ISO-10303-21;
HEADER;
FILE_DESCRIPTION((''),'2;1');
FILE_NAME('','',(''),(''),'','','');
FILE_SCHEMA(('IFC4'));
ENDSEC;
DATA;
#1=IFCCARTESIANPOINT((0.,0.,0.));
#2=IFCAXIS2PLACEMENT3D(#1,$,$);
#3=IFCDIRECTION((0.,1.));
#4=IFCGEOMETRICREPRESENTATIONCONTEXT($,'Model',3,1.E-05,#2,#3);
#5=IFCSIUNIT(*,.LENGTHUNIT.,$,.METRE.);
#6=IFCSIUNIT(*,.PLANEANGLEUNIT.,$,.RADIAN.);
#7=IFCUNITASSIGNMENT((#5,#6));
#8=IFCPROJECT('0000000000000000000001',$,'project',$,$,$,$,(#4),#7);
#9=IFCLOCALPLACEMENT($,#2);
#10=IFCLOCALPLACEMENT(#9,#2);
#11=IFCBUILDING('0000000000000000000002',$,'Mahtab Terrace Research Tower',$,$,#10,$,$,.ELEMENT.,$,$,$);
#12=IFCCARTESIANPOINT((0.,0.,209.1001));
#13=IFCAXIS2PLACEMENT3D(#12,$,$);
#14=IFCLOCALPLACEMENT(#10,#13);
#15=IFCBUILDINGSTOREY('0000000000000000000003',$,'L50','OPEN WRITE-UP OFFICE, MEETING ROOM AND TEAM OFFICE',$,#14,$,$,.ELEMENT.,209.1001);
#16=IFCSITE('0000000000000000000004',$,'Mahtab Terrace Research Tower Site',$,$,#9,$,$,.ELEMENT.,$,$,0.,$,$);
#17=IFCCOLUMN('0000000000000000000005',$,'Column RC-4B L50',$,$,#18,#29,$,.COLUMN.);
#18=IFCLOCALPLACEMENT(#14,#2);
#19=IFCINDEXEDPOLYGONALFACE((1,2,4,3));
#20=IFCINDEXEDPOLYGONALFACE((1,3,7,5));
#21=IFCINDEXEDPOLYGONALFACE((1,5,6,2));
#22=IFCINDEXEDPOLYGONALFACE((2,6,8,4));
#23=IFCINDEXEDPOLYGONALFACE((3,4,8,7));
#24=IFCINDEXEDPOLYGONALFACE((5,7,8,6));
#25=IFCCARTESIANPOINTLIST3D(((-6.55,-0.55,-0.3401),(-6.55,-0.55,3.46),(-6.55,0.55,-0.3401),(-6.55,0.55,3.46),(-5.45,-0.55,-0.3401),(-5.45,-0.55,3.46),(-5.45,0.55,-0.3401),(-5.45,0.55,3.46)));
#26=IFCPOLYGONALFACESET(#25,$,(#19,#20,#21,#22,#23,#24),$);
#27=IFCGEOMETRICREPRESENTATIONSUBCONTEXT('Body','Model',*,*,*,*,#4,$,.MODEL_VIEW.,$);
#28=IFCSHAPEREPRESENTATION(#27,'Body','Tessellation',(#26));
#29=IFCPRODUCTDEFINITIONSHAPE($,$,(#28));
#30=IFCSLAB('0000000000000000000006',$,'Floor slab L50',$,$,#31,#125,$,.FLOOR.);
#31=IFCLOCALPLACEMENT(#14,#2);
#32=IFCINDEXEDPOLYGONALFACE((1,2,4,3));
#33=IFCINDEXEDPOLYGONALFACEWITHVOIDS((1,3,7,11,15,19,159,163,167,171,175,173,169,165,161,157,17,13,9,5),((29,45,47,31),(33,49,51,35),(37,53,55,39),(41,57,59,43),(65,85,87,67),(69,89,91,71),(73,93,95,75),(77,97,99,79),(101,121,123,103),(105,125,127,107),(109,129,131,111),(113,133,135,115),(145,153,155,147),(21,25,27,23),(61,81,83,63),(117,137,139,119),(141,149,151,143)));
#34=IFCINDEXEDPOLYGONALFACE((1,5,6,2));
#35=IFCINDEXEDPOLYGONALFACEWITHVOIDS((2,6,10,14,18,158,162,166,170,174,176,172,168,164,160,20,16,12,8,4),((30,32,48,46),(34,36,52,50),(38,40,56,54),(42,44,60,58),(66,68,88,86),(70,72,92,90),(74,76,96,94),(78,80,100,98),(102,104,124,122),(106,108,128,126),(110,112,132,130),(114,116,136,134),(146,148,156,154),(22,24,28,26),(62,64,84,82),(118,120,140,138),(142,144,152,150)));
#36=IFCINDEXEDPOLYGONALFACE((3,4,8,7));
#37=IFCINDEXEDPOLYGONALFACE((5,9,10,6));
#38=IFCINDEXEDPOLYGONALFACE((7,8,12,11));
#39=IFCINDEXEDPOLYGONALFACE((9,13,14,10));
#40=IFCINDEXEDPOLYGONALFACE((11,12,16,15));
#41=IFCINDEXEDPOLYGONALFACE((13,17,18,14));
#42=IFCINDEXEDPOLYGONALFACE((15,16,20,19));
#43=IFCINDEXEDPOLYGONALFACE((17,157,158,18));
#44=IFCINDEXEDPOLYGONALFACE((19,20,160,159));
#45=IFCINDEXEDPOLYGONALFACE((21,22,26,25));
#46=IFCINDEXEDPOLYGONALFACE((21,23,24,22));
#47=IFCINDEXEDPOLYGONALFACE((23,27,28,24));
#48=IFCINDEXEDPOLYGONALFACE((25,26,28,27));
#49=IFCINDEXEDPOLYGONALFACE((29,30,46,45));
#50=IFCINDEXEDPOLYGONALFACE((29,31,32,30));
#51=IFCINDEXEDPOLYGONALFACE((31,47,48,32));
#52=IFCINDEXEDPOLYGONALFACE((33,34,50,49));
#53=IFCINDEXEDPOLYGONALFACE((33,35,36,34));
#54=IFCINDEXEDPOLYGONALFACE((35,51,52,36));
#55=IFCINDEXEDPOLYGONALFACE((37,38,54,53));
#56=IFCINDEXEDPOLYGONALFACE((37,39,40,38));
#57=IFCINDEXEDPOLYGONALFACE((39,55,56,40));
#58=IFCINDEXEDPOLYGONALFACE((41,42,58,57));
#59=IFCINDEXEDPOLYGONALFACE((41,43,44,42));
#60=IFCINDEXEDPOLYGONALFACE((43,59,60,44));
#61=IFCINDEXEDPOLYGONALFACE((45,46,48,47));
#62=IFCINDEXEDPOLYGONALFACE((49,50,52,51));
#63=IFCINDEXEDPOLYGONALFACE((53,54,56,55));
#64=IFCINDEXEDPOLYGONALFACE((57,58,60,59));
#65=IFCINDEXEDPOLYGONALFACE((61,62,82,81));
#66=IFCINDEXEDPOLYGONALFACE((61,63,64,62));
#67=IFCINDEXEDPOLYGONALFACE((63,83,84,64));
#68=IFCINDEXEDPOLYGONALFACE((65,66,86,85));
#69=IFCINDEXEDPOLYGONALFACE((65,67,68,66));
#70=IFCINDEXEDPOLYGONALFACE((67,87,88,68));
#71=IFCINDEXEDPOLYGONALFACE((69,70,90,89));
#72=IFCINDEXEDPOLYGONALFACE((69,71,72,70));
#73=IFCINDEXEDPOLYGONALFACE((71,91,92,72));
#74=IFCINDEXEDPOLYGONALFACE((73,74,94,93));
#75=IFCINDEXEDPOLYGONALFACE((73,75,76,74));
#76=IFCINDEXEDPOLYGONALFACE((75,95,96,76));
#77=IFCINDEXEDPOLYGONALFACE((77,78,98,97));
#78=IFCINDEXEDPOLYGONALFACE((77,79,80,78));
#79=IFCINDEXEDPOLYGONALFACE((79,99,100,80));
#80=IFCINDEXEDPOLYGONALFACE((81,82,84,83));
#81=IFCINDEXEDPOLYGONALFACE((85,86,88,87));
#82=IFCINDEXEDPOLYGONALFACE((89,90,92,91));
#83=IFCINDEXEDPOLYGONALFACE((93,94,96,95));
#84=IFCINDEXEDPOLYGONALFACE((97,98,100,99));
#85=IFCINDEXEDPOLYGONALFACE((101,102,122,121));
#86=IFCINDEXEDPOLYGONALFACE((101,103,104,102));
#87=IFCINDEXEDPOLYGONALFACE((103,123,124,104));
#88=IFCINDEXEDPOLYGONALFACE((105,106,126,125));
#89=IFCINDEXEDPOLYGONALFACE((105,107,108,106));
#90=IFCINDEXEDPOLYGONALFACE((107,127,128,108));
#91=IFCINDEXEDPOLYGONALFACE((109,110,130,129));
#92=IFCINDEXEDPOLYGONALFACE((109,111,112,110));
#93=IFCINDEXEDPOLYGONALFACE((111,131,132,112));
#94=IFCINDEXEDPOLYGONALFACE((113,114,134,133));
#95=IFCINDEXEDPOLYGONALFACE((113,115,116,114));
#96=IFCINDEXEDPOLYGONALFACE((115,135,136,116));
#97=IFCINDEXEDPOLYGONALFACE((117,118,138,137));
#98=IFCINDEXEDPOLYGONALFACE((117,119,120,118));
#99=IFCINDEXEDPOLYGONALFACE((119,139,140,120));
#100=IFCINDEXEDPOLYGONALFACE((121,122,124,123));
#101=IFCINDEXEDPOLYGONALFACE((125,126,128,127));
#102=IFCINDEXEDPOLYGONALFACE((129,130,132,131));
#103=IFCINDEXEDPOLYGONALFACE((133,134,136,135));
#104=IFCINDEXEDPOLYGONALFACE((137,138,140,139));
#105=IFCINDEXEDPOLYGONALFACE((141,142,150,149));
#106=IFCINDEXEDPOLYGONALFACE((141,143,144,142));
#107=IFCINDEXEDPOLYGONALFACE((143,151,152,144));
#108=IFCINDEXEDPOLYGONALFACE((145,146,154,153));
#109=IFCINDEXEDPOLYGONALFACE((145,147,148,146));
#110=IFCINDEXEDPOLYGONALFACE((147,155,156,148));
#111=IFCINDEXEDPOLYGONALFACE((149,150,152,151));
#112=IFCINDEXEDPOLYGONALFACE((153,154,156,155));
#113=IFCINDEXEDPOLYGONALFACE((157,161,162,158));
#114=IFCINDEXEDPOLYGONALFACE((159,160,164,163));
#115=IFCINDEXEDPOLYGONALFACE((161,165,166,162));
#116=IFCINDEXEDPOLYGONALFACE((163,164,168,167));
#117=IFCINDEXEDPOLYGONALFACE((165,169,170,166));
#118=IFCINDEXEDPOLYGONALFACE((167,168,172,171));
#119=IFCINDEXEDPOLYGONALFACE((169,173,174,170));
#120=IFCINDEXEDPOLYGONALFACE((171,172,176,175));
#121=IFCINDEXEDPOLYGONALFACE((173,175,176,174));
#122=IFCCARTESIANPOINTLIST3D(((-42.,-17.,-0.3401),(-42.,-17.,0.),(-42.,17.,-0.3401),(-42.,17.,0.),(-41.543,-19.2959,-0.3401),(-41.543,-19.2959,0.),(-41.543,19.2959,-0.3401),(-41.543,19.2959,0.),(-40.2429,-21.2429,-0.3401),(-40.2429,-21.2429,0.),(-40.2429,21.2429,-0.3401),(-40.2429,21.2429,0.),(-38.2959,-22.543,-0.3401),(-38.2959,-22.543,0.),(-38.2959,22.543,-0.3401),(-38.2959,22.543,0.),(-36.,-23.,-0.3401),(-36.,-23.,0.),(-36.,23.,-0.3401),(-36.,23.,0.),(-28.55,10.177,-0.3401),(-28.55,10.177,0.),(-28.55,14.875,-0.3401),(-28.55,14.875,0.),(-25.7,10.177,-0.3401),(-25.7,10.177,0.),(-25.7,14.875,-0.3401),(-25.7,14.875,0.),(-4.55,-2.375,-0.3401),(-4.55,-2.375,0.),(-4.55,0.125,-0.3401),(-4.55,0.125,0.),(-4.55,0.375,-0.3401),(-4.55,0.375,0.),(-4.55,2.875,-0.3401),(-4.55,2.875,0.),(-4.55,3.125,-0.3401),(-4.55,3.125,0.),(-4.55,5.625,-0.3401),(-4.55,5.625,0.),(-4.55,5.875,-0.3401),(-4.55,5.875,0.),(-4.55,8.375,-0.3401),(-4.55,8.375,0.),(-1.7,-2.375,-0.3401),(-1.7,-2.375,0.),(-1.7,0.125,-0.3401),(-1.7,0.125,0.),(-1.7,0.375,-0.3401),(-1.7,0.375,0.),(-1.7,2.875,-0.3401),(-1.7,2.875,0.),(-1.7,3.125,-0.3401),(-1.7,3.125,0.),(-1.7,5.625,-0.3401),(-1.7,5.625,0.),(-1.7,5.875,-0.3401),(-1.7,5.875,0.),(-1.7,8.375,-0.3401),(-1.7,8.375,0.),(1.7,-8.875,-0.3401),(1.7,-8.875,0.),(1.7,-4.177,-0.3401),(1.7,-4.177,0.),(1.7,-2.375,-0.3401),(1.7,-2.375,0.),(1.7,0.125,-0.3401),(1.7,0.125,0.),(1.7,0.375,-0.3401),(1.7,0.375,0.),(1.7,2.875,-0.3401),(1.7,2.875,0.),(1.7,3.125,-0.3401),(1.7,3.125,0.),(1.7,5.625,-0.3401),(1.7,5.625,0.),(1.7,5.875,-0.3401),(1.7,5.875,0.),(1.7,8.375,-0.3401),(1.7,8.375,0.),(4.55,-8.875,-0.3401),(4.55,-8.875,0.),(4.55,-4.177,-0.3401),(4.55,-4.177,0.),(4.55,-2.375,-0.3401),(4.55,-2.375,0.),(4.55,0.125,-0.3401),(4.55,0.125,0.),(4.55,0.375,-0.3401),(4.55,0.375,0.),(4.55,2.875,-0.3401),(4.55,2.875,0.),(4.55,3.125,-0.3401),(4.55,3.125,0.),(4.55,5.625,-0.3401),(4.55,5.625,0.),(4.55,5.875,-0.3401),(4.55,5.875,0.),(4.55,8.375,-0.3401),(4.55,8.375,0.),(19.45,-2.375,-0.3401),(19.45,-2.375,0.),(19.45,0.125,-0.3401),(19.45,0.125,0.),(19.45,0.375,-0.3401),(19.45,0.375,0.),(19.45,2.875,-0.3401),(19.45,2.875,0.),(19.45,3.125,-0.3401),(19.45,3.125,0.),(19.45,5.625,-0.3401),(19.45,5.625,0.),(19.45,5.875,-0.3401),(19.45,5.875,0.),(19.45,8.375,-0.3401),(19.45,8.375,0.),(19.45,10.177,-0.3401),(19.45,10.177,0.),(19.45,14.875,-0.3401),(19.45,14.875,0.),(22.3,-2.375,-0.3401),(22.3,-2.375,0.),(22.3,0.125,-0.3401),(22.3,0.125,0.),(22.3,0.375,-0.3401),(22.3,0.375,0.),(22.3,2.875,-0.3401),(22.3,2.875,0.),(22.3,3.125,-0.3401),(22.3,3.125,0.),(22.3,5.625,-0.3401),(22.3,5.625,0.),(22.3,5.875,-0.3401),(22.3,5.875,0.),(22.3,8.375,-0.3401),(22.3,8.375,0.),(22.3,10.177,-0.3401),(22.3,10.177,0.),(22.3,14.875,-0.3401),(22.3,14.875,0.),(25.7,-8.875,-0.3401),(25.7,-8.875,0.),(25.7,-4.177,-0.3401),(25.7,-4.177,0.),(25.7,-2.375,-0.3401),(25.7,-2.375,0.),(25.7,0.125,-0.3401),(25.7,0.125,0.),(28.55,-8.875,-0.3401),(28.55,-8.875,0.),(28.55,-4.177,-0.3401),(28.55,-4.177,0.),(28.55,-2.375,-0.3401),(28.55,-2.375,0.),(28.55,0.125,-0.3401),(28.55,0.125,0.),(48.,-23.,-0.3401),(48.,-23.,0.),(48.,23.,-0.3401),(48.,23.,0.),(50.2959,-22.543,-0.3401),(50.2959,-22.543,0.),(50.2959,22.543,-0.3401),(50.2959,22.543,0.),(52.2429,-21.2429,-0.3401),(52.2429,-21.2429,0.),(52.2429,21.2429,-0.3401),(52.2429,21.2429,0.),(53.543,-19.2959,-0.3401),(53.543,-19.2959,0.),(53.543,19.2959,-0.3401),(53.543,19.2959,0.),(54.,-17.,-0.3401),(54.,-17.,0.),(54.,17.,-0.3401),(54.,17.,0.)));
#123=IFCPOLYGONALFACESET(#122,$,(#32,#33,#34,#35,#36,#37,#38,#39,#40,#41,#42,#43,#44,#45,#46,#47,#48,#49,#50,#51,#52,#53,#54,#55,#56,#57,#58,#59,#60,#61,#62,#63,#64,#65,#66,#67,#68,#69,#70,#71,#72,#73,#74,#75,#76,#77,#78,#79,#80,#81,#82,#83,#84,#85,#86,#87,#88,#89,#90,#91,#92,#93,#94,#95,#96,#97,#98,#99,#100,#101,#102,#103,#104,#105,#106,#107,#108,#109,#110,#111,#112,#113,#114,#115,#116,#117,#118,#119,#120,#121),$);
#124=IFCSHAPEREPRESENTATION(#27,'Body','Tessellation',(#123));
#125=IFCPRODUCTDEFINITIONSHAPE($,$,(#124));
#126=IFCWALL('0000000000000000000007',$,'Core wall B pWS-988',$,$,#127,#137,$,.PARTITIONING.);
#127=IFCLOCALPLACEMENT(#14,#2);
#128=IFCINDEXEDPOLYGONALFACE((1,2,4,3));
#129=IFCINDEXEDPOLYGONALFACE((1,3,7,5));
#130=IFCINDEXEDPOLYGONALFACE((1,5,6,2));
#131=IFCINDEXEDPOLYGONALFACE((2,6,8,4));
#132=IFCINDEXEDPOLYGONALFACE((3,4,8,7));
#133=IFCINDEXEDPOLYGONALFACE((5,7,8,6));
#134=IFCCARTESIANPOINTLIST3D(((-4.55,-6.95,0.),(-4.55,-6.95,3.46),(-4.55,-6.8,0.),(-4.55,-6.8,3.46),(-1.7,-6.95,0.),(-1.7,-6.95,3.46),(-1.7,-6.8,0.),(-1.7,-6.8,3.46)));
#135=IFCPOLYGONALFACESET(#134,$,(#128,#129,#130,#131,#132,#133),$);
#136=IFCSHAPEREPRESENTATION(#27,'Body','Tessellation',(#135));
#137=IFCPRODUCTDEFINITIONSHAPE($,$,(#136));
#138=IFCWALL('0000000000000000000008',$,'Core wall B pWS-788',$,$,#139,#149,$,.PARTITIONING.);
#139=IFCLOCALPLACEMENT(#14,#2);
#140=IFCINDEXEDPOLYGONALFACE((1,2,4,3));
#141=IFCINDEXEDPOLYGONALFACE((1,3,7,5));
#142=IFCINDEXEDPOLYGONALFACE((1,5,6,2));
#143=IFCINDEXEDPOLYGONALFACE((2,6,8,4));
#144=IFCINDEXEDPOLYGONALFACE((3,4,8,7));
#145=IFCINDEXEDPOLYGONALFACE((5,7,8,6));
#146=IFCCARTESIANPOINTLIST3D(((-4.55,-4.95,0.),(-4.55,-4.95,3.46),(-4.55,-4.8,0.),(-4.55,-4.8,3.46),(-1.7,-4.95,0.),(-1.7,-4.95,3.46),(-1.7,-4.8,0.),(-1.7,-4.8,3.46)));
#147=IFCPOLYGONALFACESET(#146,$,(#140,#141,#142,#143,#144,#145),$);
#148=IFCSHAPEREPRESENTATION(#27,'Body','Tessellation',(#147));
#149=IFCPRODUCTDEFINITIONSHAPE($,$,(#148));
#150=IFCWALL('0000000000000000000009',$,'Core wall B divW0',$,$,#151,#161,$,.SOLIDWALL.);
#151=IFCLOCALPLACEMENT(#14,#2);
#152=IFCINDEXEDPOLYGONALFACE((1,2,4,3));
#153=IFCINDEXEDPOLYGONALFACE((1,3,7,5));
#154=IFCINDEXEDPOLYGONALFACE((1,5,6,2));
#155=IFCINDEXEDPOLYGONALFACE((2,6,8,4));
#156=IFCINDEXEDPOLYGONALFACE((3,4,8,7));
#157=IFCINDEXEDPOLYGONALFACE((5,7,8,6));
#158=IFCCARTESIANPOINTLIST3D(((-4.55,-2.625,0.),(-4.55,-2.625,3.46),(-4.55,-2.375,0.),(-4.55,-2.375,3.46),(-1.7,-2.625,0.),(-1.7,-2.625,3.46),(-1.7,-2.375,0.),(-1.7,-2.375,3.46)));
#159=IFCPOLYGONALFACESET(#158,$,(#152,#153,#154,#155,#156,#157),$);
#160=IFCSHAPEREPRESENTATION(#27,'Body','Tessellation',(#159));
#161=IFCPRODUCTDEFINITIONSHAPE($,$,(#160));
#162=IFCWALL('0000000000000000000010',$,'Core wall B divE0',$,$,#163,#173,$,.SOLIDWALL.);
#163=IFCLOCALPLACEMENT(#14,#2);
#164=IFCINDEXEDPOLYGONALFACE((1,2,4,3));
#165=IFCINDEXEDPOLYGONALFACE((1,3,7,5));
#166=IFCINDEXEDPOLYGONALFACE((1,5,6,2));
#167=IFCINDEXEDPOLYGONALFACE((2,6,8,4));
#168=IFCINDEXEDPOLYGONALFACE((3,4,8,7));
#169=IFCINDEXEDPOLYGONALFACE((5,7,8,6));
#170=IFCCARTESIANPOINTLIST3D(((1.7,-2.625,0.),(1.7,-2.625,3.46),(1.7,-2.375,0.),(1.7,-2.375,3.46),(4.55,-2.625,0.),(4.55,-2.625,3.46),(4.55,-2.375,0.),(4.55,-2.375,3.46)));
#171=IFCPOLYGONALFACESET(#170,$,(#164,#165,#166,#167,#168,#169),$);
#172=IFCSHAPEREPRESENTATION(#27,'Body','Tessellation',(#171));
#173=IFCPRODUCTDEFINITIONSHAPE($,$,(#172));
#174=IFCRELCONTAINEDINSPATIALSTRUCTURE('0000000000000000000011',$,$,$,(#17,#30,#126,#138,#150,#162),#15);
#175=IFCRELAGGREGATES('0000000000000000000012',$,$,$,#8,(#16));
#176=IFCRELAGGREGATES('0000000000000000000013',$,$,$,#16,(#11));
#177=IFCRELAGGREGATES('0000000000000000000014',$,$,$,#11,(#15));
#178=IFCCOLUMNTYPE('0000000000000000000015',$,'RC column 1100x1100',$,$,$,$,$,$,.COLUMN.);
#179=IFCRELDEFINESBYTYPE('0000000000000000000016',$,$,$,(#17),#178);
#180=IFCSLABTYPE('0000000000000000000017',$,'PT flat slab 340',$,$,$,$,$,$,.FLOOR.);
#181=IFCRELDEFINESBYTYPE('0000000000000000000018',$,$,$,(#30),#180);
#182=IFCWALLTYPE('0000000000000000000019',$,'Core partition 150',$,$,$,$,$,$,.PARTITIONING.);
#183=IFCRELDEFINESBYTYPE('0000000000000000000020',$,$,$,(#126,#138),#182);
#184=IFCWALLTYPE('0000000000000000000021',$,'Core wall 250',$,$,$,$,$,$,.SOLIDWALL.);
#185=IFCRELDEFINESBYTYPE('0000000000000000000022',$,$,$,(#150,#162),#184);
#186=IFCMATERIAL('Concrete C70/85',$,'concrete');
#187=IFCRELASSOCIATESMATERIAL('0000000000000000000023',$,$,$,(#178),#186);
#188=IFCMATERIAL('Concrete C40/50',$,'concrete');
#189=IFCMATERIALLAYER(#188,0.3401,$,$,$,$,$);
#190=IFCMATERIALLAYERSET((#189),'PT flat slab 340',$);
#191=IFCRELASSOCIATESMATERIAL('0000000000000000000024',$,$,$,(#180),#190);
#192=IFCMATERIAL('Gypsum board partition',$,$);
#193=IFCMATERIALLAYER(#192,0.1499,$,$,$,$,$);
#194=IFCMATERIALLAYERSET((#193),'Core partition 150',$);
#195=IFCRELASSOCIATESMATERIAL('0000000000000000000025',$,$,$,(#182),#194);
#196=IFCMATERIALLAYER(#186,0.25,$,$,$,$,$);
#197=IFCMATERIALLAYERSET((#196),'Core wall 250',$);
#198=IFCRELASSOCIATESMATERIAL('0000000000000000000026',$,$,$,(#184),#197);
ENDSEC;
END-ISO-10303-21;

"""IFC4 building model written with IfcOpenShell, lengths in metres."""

from ifc_helpers import new_model, si_unit, direction, frame, frame_2d, origin, origin_2d, place, context, subcontext, project, spatial, polyline, rectangle, outline, extrude, material, layer, layer_set, material_profile, profile_set, type_object, element, save


model = new_model("IFC4")

# Units and contexts
model_context = context("Model", 3, precision=1e-05, world=origin(), true_north=direction((0.0, 1.0)))
body_context = subcontext(model_context, "Body", "Model", "MODEL_VIEW")
ifc_project = project(units=[si_unit("LENGTHUNIT", "METRE"), si_unit("PLANEANGLEUNIT", "RADIAN")], contexts=[model_context])

# Site, building, storey
site_placement = place(None, origin())
site = spatial("IfcSite", under=ifc_project, at=site_placement, Name="Mahtab Terrace Research Tower Site", CompositionType="ELEMENT", RefElevation=0.0)
building_placement = place(site_placement, origin())
building = spatial("IfcBuilding", under=site, at=building_placement, Name="Mahtab Terrace Research Tower", CompositionType="ELEMENT")
storey_placement = place(building_placement, frame((0.0, 0.0, 209.1001)))
storey = spatial("IfcBuildingStorey", under=building, at=storey_placement, Name="L50", Description="OPEN WRITE-UP OFFICE, MEETING ROOM AND TEAM OFFICE", CompositionType="ELEMENT", Elevation=209.1001)

# Column
ifc_material_1 = material(Name="Concrete C70/85", Category="concrete")
ifc_material_profile = material_profile(ifc_material_1, rectangle(XDim=1.1001, YDim=1.1001, at=origin_2d()), Name="RC column 1100x1100")
ifc_profile_set = profile_set([ifc_material_profile], Name="Concrete C70/85")
column_type = type_object("IfcColumnType", Name="RC column 1100x1100", PredefinedType="COLUMN", material=ifc_profile_set)
column_placement = place(storey_placement, frame((-6.0, 0.0, -0.3401), z_axis=(0.0, 0.0, 1.0), x_axis=(1.0, 0.0, 0.0)))
element("IfcColumn", 1, at=column_placement, inside=storey, type_object=column_type, Name="Column RC-4B L50", PredefinedType="COLUMN", context=body_context, shape_type="SweptSolid", body=[
    extrude(rectangle(XDim=1.1001, YDim=1.1001, at=origin_2d()), origin(), (0.0, 0.0, 1.0), 3.8),
])

# Slab
ifc_material_2 = material(Name="Concrete C40/50", Category="concrete")
ifc_layer_1 = layer(ifc_material_2, 0.3401)
ifc_layer_set_1 = layer_set([ifc_layer_1], Name="PT flat slab 340")
slab_type = type_object("IfcSlabType", Name="PT flat slab 340", PredefinedType="FLOOR", material=ifc_layer_set_1)
slab_placement = place(storey_placement, frame((0.0, 0.0, -0.3401)))
element("IfcSlab", 2, at=slab_placement, inside=storey, type_object=slab_type, Name="Floor slab L50", PredefinedType="FLOOR", context=body_context, shape_type="SweptSolid", body=[
    extrude(outline(polyline([(53.543, 19.2959), (52.2429, 21.2429), (50.2959, 22.543), (48.0, 23.0), (-36.0, 23.0), (-38.2959, 22.543), (-40.2429, 21.2429), (-41.543, 19.2959), (-42.0, 17.0), (-42.0, -17.0), (-41.543, -19.2959), (-40.2429, -21.2429), (-38.2959, -22.543), (-36.0, -23.0), (48.0, -23.0), (50.2959, -22.543), (52.2429, -21.2429), (53.543, -19.2959), (54.0, -17.0), (54.0, 17.0), (53.543, 19.2959)]), holes=[polyline([(-4.55, -2.375), (-4.55, 0.125), (-1.7, 0.125), (-1.7, -2.375), (-4.55, -2.375)]), polyline([(1.7, -2.375), (1.7, 0.125), (4.55, 0.125), (4.55, -2.375), (1.7, -2.375)]), polyline([(-4.55, 0.375), (-4.55, 2.875), (-1.7, 2.875), (-1.7, 0.375), (-4.55, 0.375)]), polyline([(1.7, 0.375), (1.7, 2.875), (4.55, 2.875), (4.55, 0.375), (1.7, 0.375)]), polyline([(-4.55, 3.125), (-4.55, 5.625), (-1.7, 5.625), (-1.7, 3.125), (-4.55, 3.125)]), polyline([(1.7, 3.125), (1.7, 5.625), (4.55, 5.625), (4.55, 3.125), (1.7, 3.125)]), polyline([(-4.55, 5.875), (-4.55, 8.375), (-1.7, 8.375), (-1.7, 5.875), (-4.55, 5.875)]), polyline([(1.7, 5.875), (1.7, 8.375), (4.55, 8.375), (4.55, 5.875), (1.7, 5.875)]), polyline([(-28.55, 10.177), (-28.55, 14.875), (-25.7, 14.875), (-25.7, 10.177), (-28.55, 10.177)]), polyline([(1.7, -8.875), (1.7, -4.177), (4.55, -4.177), (4.55, -8.875), (1.7, -8.875)]), polyline([(25.7, -8.875), (25.7, -4.177), (28.55, -4.177), (28.55, -8.875), (25.7, -8.875)]), polyline([(19.45, -2.375), (19.45, 0.125), (22.3, 0.125), (22.3, -2.375), (19.45, -2.375)]), polyline([(25.7, -2.375), (25.7, 0.125), (28.55, 0.125), (28.55, -2.375), (25.7, -2.375)]), polyline([(19.45, 0.375), (19.45, 2.875), (22.3, 2.875), (22.3, 0.375), (19.45, 0.375)]), polyline([(19.45, 3.125), (19.45, 5.625), (22.3, 5.625), (22.3, 3.125), (19.45, 3.125)]), polyline([(19.45, 8.375), (22.3, 8.375), (22.3, 5.875), (19.45, 5.875), (19.45, 8.375)]), polyline([(19.45, 14.875), (22.3, 14.875), (22.3, 10.177), (19.45, 10.177), (19.45, 14.875)])]), origin(), (0.0, 0.0, 1.0), 0.3401),
])

# Walls
ifc_material_3 = material(Name="Gypsum board partition")
ifc_layer_2 = layer(ifc_material_3, 0.1499)
ifc_layer_set_2 = layer_set([ifc_layer_2], Name="Core partition 150")
wall_type_1 = type_object("IfcWallType", Name="Core partition 150", PredefinedType="PARTITIONING", material=ifc_layer_set_2)
for number, where, z_axis, x_axis, name in (
    (3, (-4.55, -6.875, 0.0), (0.0, 0.0, 1.0), (1.0, 0.0, 0.0), "Core wall B pWS-988"),
    (4, (-4.55, -4.875, 0.0), (0.0, 0.0, 1.0), (1.0, 0.0, 0.0), "Core wall B pWS-788"),
):
    element("IfcWall", number, at=place(storey_placement, frame(where, z_axis=z_axis, x_axis=x_axis)), inside=storey, type_object=wall_type_1, Name=name, PredefinedType="PARTITIONING", context=body_context, shape_type="SweptSolid", body=[
        extrude(rectangle(XDim=2.8501, YDim=0.1499, at=frame_2d((1.425, 0.0))), origin(), (0.0, 0.0, 1.0), 3.46),
    ])
ifc_layer_3 = layer(ifc_material_1, 0.25)
ifc_layer_set_3 = layer_set([ifc_layer_3], Name="Core wall 250")
wall_type_2 = type_object("IfcWallType", Name="Core wall 250", PredefinedType="SOLIDWALL", material=ifc_layer_set_3)
for number, where, z_axis, x_axis, name in (
    (5, (-4.55, -2.5, 0.0), (0.0, 0.0, 1.0), (1.0, 0.0, 0.0), "Core wall B divW0"),
    (6, (1.7, -2.5, 0.0), (0.0, 0.0, 1.0), (1.0, 0.0, 0.0), "Core wall B divE0"),
):
    element("IfcWall", number, at=place(storey_placement, frame(where, z_axis=z_axis, x_axis=x_axis)), inside=storey, type_object=wall_type_2, Name=name, PredefinedType="SOLIDWALL", context=body_context, shape_type="SweptSolid", body=[
        extrude(rectangle(XDim=2.8501, YDim=0.25, at=frame_2d((1.425, 0.0))), origin(), (0.0, 0.0, 1.0), 3.46),
    ])

save(model, "model.ifc")
